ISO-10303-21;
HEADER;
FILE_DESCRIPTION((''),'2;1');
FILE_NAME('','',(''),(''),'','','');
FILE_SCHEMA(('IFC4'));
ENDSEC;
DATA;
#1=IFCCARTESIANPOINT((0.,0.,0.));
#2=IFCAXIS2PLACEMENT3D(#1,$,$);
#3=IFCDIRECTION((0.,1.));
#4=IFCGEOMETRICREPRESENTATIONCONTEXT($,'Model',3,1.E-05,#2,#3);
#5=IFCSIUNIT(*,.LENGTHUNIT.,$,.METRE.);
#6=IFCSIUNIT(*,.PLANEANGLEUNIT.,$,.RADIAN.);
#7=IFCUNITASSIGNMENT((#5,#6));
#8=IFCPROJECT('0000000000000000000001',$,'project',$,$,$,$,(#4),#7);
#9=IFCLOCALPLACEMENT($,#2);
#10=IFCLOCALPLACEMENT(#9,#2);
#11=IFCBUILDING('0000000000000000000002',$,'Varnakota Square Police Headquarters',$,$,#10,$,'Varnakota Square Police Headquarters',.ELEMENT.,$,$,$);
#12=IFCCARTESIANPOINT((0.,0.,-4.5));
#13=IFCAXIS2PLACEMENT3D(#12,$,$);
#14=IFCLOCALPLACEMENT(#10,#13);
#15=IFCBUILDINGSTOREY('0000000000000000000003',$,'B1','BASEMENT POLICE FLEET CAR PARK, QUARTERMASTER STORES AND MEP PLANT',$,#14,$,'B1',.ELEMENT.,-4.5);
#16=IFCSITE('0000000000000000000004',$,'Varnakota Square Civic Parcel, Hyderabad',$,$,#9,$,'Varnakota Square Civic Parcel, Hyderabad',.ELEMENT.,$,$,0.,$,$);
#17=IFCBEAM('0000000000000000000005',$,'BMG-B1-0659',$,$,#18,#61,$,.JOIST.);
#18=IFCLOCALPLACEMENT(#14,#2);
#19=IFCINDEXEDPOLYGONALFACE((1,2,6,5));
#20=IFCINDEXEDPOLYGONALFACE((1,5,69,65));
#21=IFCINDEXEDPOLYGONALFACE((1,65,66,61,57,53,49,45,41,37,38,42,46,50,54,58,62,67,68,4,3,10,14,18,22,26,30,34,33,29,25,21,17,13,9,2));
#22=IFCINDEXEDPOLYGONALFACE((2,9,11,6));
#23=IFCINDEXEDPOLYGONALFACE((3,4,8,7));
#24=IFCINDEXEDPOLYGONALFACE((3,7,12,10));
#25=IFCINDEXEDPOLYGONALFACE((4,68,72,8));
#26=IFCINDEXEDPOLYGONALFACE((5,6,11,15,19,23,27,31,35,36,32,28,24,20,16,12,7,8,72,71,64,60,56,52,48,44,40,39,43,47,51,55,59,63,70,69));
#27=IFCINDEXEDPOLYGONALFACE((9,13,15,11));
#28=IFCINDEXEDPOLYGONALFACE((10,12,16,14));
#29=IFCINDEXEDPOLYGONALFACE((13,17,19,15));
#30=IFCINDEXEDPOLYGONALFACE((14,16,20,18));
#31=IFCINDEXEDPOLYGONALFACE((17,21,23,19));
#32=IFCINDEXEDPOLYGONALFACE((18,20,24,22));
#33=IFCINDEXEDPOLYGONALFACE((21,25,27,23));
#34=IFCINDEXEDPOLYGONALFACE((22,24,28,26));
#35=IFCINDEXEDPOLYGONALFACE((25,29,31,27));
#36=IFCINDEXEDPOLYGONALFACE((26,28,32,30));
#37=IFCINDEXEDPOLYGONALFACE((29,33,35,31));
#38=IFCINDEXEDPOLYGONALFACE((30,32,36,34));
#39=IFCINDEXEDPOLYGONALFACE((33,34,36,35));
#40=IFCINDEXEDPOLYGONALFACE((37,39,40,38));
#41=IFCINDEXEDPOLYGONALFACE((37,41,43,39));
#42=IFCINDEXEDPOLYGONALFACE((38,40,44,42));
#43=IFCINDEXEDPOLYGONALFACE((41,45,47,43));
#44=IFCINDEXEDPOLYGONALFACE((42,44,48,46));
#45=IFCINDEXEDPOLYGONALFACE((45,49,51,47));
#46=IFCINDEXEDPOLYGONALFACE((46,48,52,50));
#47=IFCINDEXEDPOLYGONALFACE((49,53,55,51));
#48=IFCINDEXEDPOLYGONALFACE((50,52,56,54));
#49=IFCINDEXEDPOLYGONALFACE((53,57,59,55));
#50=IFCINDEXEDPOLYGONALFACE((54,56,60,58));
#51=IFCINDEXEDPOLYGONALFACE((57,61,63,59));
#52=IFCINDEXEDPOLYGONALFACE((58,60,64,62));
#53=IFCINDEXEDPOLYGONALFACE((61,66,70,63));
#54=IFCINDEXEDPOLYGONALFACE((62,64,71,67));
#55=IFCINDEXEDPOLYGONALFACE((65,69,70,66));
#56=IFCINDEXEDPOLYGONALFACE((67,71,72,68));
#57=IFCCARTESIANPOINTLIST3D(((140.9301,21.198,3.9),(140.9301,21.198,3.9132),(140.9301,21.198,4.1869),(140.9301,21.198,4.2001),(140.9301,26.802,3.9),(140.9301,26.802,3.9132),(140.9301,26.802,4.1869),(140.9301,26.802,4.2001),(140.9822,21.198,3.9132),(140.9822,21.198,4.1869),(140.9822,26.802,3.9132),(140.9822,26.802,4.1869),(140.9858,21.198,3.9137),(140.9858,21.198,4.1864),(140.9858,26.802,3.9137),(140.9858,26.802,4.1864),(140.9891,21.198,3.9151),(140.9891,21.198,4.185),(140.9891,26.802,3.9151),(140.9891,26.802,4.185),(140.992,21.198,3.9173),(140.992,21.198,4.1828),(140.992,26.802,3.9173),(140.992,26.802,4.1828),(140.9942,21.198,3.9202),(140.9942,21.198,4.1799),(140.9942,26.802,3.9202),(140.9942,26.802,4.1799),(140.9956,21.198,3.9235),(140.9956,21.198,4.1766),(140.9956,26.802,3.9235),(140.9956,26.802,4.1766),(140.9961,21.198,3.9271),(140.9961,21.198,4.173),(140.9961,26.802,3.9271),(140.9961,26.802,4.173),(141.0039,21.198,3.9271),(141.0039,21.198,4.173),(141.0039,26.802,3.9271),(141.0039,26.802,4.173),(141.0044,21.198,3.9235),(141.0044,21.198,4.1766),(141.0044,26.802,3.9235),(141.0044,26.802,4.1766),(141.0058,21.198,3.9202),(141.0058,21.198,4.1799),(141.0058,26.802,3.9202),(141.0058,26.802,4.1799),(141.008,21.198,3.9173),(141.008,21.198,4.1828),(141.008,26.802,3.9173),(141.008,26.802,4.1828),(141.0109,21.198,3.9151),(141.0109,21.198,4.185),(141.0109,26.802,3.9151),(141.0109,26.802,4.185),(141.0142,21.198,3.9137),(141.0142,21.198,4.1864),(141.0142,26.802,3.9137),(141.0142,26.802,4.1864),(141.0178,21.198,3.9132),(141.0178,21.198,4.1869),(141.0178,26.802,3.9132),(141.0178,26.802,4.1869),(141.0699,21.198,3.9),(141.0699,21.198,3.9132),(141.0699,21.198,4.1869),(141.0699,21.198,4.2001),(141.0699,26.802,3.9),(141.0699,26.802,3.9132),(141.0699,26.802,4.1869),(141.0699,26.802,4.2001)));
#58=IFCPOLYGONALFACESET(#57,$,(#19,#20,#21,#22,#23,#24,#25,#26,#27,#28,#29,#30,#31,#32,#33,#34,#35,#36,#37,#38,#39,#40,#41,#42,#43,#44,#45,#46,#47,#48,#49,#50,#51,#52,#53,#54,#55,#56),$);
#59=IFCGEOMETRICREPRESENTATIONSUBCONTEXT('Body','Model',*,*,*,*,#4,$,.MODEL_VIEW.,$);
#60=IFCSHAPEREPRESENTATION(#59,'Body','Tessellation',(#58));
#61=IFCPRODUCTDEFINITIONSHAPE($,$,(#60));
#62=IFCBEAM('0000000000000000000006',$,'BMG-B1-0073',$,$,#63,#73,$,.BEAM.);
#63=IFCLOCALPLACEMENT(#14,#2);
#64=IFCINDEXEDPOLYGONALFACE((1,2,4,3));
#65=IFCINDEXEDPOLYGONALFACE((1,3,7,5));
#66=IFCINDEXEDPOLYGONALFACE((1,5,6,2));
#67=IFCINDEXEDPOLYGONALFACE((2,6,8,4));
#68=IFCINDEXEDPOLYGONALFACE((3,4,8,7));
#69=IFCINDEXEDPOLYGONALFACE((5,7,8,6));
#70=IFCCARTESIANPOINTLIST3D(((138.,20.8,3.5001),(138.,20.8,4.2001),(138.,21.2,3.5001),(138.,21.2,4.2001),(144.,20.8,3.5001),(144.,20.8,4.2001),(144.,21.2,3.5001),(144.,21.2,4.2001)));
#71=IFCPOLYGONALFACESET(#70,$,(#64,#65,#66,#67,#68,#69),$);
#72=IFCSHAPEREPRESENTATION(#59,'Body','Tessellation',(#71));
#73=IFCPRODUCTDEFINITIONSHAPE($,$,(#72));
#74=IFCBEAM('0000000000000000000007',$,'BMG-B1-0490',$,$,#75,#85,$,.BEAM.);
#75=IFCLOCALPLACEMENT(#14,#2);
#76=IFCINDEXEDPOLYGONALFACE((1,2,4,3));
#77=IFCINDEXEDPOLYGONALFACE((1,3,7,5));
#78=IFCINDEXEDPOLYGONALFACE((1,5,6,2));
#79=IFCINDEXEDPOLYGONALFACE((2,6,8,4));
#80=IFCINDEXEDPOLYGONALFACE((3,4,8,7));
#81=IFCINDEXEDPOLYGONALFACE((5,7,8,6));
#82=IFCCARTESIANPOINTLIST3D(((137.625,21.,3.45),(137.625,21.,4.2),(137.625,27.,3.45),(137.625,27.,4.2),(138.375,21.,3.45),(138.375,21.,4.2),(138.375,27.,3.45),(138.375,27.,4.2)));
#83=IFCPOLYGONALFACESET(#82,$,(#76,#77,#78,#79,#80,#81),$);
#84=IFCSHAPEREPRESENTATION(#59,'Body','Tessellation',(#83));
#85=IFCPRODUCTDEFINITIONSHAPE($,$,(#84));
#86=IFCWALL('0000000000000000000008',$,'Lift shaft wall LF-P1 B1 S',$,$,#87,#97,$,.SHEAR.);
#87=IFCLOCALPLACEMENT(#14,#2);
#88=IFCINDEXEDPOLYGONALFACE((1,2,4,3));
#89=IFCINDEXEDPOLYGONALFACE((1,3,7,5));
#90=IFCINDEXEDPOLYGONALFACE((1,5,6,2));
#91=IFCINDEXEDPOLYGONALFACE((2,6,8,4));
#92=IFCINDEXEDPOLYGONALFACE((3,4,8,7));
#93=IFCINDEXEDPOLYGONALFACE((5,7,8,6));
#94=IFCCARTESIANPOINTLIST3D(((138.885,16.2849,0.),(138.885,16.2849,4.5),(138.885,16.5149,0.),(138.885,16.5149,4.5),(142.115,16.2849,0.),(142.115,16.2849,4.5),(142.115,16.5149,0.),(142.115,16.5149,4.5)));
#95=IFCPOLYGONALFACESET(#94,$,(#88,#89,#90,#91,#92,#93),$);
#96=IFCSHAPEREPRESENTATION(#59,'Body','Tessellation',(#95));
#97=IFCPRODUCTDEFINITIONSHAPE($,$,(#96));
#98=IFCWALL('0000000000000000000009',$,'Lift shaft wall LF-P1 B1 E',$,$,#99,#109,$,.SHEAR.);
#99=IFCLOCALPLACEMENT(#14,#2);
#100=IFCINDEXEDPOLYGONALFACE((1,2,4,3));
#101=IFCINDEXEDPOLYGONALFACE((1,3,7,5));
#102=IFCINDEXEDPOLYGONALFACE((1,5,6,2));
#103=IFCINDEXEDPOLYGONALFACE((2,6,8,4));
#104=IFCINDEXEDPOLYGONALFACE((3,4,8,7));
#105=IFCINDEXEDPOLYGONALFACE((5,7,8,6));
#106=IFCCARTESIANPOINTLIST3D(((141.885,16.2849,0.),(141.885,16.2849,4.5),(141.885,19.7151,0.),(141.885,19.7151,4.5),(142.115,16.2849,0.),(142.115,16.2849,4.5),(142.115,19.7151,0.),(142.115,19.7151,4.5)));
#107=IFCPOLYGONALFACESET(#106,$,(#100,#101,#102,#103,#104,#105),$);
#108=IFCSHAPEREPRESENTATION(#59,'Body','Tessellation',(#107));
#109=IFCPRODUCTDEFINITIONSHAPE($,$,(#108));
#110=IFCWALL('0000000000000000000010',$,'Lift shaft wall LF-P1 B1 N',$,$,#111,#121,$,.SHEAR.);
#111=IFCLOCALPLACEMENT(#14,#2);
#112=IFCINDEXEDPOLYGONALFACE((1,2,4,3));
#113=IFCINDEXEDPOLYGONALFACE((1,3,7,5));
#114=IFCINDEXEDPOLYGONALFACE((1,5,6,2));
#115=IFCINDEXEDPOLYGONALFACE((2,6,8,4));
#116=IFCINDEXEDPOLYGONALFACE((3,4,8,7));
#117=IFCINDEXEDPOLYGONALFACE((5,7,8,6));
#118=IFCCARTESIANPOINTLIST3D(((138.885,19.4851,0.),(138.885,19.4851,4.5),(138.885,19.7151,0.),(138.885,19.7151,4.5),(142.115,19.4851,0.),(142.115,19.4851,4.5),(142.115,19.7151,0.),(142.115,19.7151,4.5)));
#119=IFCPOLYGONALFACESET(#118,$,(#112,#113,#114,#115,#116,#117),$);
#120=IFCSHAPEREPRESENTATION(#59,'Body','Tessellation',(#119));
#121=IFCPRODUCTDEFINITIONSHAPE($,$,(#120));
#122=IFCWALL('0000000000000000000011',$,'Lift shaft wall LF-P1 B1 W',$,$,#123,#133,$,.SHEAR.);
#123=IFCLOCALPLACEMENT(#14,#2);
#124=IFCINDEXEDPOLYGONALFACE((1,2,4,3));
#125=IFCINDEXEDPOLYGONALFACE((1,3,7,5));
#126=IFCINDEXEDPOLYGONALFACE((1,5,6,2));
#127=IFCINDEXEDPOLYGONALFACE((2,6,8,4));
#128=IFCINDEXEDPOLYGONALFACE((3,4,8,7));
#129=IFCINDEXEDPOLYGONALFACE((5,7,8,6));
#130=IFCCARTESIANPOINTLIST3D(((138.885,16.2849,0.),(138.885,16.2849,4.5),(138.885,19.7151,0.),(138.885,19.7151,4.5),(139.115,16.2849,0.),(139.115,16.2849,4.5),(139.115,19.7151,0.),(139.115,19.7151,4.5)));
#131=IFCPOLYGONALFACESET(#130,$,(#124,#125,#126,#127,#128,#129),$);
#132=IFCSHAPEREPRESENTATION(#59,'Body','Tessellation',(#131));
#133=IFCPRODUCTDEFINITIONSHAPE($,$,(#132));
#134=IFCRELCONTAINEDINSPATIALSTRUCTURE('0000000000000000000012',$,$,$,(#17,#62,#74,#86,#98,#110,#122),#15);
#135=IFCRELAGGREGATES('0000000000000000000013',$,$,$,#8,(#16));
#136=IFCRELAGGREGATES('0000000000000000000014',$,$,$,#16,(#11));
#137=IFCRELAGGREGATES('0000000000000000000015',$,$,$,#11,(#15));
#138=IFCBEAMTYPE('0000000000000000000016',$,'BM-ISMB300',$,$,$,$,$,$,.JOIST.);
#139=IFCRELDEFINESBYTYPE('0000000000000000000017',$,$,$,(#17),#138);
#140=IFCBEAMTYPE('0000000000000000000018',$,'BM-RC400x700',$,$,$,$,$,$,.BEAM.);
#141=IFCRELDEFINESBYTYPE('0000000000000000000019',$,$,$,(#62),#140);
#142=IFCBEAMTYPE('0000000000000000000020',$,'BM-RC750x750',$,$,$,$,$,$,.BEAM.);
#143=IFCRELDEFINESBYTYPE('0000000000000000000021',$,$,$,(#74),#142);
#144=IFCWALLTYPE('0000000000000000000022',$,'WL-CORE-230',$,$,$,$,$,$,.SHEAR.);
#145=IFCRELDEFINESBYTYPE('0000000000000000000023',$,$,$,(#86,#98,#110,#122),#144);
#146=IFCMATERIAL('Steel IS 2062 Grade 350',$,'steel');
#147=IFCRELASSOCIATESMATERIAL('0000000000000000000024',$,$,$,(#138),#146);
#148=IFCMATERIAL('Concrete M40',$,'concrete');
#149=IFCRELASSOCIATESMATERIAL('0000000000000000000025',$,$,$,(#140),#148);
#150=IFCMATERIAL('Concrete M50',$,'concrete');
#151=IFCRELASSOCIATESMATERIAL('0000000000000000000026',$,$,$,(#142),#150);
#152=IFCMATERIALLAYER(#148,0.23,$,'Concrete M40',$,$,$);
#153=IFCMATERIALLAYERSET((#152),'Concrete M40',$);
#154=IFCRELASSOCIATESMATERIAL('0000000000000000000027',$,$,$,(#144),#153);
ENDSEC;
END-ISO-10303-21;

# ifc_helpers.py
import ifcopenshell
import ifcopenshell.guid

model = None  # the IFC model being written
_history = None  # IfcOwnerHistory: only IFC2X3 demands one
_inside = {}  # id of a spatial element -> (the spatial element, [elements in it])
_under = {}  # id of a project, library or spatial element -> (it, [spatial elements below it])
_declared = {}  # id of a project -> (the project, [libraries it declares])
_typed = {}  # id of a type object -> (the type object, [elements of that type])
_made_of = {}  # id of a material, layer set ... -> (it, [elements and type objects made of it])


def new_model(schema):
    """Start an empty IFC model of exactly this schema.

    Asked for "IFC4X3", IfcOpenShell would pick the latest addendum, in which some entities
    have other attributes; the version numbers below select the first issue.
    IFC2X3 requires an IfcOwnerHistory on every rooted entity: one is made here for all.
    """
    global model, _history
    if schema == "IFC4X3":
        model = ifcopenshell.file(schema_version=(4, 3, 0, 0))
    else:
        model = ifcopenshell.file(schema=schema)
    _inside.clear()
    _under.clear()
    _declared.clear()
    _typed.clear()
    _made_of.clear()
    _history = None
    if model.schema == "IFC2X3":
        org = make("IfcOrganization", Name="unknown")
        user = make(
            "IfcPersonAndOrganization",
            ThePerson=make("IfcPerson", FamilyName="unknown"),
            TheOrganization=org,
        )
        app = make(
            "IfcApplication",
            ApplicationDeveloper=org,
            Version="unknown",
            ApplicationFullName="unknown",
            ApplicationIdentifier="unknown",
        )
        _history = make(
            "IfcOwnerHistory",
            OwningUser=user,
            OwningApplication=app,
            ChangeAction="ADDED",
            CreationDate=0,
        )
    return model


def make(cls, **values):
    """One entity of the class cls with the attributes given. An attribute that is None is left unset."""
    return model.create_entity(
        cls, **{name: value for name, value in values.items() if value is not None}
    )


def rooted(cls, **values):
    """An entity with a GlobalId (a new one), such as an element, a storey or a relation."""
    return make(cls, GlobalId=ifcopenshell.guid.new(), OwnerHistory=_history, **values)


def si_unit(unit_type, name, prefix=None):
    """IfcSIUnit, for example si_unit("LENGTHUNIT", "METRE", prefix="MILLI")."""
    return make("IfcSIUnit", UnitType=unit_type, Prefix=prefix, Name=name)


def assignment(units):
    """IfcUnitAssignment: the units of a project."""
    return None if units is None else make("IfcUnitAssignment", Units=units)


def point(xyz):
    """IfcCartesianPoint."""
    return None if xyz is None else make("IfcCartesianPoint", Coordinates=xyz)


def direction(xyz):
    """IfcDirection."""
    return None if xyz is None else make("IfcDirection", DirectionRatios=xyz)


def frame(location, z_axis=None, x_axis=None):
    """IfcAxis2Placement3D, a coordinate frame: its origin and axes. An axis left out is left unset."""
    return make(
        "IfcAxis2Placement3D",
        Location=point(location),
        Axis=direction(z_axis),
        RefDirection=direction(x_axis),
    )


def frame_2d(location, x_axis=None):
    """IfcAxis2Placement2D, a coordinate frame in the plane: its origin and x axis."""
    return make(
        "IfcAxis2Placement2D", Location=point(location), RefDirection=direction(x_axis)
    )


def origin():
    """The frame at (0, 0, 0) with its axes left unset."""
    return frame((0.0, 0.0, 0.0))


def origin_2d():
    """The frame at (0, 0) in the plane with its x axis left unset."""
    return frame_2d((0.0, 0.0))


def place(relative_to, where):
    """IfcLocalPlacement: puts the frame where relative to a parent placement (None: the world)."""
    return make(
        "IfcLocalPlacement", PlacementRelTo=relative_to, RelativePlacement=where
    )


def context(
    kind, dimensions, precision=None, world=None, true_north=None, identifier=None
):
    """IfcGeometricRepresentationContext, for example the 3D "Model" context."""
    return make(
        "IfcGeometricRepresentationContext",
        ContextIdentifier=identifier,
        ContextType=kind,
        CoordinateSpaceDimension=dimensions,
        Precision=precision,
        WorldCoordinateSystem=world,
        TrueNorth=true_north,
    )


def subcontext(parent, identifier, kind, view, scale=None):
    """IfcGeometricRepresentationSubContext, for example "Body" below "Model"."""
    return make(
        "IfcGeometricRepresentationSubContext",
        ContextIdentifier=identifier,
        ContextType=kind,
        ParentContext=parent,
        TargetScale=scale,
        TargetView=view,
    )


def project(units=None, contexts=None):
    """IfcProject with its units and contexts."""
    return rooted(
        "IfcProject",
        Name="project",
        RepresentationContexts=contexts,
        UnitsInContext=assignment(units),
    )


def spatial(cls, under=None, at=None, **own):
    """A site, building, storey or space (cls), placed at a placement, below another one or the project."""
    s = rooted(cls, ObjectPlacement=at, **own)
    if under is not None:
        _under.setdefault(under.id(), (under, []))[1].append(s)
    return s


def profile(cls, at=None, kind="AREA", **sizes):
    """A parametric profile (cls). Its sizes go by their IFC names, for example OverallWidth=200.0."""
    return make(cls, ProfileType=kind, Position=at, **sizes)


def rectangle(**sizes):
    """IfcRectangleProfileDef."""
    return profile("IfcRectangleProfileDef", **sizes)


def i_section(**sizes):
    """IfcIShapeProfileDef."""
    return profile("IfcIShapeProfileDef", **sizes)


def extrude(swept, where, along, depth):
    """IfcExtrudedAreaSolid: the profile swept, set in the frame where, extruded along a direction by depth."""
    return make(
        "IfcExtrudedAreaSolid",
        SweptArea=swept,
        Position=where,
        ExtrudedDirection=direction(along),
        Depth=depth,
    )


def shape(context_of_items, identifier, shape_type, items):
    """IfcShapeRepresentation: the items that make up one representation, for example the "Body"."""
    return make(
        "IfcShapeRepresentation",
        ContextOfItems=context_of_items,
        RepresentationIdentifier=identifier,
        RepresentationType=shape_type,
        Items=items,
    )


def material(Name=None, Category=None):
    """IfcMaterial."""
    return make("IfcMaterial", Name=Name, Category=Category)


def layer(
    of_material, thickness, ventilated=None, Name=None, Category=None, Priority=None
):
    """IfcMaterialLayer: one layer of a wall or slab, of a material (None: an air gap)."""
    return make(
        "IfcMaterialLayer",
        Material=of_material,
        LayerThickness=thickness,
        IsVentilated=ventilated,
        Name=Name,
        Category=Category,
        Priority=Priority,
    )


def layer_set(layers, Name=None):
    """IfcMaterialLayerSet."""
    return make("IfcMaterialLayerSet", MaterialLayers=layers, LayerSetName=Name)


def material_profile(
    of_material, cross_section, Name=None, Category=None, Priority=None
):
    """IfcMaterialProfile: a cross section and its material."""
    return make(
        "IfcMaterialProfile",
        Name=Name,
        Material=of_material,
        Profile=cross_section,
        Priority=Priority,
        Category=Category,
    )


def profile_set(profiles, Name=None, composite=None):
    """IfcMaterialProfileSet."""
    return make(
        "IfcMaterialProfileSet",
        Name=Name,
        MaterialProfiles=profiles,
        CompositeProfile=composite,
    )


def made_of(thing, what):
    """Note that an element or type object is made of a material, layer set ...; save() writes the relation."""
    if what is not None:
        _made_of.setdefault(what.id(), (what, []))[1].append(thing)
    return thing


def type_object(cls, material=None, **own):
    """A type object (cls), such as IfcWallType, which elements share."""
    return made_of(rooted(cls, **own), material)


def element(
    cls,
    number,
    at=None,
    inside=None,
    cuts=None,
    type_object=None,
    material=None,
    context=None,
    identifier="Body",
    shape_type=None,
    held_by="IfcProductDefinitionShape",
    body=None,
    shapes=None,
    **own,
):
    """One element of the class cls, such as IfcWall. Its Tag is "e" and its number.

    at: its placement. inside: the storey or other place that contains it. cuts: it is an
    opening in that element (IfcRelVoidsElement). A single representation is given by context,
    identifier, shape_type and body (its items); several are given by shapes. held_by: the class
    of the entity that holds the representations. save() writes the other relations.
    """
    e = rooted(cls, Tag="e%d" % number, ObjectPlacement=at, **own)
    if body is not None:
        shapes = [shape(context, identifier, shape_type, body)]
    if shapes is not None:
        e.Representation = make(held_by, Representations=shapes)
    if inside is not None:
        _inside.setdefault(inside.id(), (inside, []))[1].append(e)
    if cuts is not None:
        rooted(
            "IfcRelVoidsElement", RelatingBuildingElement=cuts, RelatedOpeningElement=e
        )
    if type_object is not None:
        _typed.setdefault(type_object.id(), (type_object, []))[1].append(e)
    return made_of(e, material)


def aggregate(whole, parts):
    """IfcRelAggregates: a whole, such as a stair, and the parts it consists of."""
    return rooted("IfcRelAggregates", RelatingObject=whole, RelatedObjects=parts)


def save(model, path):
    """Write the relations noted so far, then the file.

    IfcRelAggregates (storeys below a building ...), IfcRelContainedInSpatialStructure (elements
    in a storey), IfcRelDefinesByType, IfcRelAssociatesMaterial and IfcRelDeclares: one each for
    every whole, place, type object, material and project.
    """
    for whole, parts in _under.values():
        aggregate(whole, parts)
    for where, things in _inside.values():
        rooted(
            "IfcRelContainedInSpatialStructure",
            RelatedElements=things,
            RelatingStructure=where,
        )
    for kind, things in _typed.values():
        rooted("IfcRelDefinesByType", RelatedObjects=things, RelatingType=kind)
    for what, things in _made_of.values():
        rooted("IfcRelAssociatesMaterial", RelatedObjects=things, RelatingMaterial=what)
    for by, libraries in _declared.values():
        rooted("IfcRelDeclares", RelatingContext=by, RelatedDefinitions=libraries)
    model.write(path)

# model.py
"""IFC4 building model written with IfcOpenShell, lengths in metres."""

from ifc_helpers import new_model, si_unit, direction, frame, frame_2d, origin, origin_2d, place, context, subcontext, project, spatial, rectangle, i_section, extrude, material, layer, layer_set, material_profile, profile_set, type_object, element, save


model = new_model("IFC4")

# Units and contexts
model_context = context("Model", 3, precision=1e-05, world=origin(), true_north=direction((0.0, 1.0)))
body_context = subcontext(model_context, "Body", "Model", "MODEL_VIEW")
ifc_project = project(units=[si_unit("LENGTHUNIT", "METRE"), si_unit("PLANEANGLEUNIT", "RADIAN")], contexts=[model_context])

# Site, building, storey
site_placement = place(None, origin())
site = spatial("IfcSite", under=ifc_project, at=site_placement, Name="Varnakota Square Civic Parcel, Hyderabad", LongName="Varnakota Square Civic Parcel, Hyderabad", CompositionType="ELEMENT", RefElevation=0.0)
building_placement = place(site_placement, origin())
building = spatial("IfcBuilding", under=site, at=building_placement, Name="Varnakota Square Police Headquarters", LongName="Varnakota Square Police Headquarters", CompositionType="ELEMENT")
storey_placement = place(building_placement, frame((0.0, 0.0, -4.5)))
storey = spatial("IfcBuildingStorey", under=building, at=storey_placement, Name="B1", Description="BASEMENT POLICE FLEET CAR PARK, QUARTERMASTER STORES AND MEP PLANT", LongName="B1", CompositionType="ELEMENT", Elevation=-4.5)

# Shared definitions
ifc_material_1 = material(Name="Concrete M40", Category="concrete")
ifc_material_2 = material(Name="Concrete M50", Category="concrete")

# Beams
ifc_material_3 = material(Name="Steel IS 2062 Grade 350", Category="steel")
ifc_material_profile_1 = material_profile(ifc_material_3, i_section(OverallWidth=0.1399, OverallDepth=0.3, WebThickness=0.0078, FlangeThickness=0.0132, FilletRadius=0.0139, at=origin_2d()), Name="ISMB 300")
ifc_profile_set_1 = profile_set([ifc_material_profile_1], Name="Steel IS 2062 Grade 350")
beam_type_1 = type_object("IfcBeamType", Name="BM-ISMB300", PredefinedType="JOIST", material=ifc_profile_set_1)
beam_1_placement = place(storey_placement, frame((141.0, 21.198, 4.05), z_axis=(0.0, 1.0, 0.0), x_axis=(-1.0, 0.0, 0.0)))
element("IfcBeam", 1, at=beam_1_placement, inside=storey, type_object=beam_type_1, Name="BMG-B1-0659", PredefinedType="JOIST", context=body_context, shape_type="SweptSolid", body=[
    extrude(i_section(OverallWidth=0.1399, OverallDepth=0.3, WebThickness=0.0078, FlangeThickness=0.0132, FilletRadius=0.0139, at=origin_2d()), origin(), (0.0, 0.0, 1.0), 5.604),
])
ifc_material_profile_2 = material_profile(ifc_material_1, rectangle(XDim=0.3999, YDim=0.7, at=origin_2d()), Name="RC 400x700")
ifc_profile_set_2 = profile_set([ifc_material_profile_2], Name="Concrete M40")
beam_type_2 = type_object("IfcBeamType", Name="BM-RC400x700", PredefinedType="BEAM", material=ifc_profile_set_2)
beam_2_placement = place(storey_placement, frame((138.0, 21.0, 3.8501), z_axis=(1.0, 0.0, 0.0), x_axis=(0.0, 1.0, 0.0)))
element("IfcBeam", 2, at=beam_2_placement, inside=storey, type_object=beam_type_2, Name="BMG-B1-0073", PredefinedType="BEAM", context=body_context, shape_type="SweptSolid", body=[
    extrude(rectangle(XDim=0.3999, YDim=0.7, at=origin_2d()), origin(), (0.0, 0.0, 1.0), 6.0),
])
ifc_material_profile_3 = material_profile(ifc_material_2, rectangle(XDim=0.75, YDim=0.75, at=origin_2d()), Name="RC 750x750")
ifc_profile_set_3 = profile_set([ifc_material_profile_3], Name="Concrete M50")
beam_type_3 = type_object("IfcBeamType", Name="BM-RC750x750", PredefinedType="BEAM", material=ifc_profile_set_3)
beam_3_placement = place(storey_placement, frame((138.0, 21.0, 3.825), z_axis=(0.0, 1.0, 0.0), x_axis=(-1.0, 0.0, 0.0)))
element("IfcBeam", 3, at=beam_3_placement, inside=storey, type_object=beam_type_3, Name="BMG-B1-0490", PredefinedType="BEAM", context=body_context, shape_type="SweptSolid", body=[
    extrude(rectangle(XDim=0.75, YDim=0.75, at=origin_2d()), origin(), (0.0, 0.0, 1.0), 6.0),
])

# Walls
ifc_layer = layer(ifc_material_1, 0.23, Name="Concrete M40")
ifc_layer_set = layer_set([ifc_layer], Name="Concrete M40")
wall_type = type_object("IfcWallType", Name="WL-CORE-230", PredefinedType="SHEAR", material=ifc_layer_set)
wall_1_placement = place(storey_placement, frame((138.885, 16.3999, 0.0), z_axis=(0.0, 0.0, 1.0), x_axis=(1.0, 0.0, 0.0)))
element("IfcWall", 4, at=wall_1_placement, inside=storey, type_object=wall_type, Name="Lift shaft wall LF-P1 B1 S", PredefinedType="SHEAR", context=body_context, shape_type="SweptSolid", body=[
    extrude(rectangle(XDim=3.23, YDim=0.23, at=frame_2d((1.615, 0.0))), origin(), (0.0, 0.0, 1.0), 4.5),
])
wall_2_placement = place(storey_placement, frame((142.0, 16.2849, 0.0), z_axis=(0.0, 0.0, 1.0), x_axis=(0.0, 1.0, 0.0)))
element("IfcWall", 5, at=wall_2_placement, inside=storey, type_object=wall_type, Name="Lift shaft wall LF-P1 B1 E", PredefinedType="SHEAR", context=body_context, shape_type="SweptSolid", body=[
    extrude(rectangle(XDim=3.4302, YDim=0.23, at=frame_2d((1.7151, 0.0))), origin(), (0.0, 0.0, 1.0), 4.5),
])
wall_3_placement = place(storey_placement, frame((142.115, 19.6001, 0.0), z_axis=(0.0, 0.0, 1.0), x_axis=(-1.0, 0.0, 0.0)))
element("IfcWall", 6, at=wall_3_placement, inside=storey, type_object=wall_type, Name="Lift shaft wall LF-P1 B1 N", PredefinedType="SHEAR", context=body_context, shape_type="SweptSolid", body=[
    extrude(rectangle(XDim=3.23, YDim=0.23, at=frame_2d((1.615, 0.0))), origin(), (0.0, 0.0, 1.0), 4.5),
])
wall_4_placement = place(storey_placement, frame((139.0, 19.7151, 0.0), z_axis=(0.0, 0.0, 1.0), x_axis=(0.0, -1.0, 0.0)))
element("IfcWall", 7, at=wall_4_placement, inside=storey, type_object=wall_type, Name="Lift shaft wall LF-P1 B1 W", PredefinedType="SHEAR", context=body_context, shape_type="SweptSolid", body=[
    extrude(rectangle(XDim=3.4302, YDim=0.23, at=frame_2d((1.7151, 0.0))), origin(), (0.0, 0.0, 1.0), 4.5),
])

save(model, "model.ifc")
